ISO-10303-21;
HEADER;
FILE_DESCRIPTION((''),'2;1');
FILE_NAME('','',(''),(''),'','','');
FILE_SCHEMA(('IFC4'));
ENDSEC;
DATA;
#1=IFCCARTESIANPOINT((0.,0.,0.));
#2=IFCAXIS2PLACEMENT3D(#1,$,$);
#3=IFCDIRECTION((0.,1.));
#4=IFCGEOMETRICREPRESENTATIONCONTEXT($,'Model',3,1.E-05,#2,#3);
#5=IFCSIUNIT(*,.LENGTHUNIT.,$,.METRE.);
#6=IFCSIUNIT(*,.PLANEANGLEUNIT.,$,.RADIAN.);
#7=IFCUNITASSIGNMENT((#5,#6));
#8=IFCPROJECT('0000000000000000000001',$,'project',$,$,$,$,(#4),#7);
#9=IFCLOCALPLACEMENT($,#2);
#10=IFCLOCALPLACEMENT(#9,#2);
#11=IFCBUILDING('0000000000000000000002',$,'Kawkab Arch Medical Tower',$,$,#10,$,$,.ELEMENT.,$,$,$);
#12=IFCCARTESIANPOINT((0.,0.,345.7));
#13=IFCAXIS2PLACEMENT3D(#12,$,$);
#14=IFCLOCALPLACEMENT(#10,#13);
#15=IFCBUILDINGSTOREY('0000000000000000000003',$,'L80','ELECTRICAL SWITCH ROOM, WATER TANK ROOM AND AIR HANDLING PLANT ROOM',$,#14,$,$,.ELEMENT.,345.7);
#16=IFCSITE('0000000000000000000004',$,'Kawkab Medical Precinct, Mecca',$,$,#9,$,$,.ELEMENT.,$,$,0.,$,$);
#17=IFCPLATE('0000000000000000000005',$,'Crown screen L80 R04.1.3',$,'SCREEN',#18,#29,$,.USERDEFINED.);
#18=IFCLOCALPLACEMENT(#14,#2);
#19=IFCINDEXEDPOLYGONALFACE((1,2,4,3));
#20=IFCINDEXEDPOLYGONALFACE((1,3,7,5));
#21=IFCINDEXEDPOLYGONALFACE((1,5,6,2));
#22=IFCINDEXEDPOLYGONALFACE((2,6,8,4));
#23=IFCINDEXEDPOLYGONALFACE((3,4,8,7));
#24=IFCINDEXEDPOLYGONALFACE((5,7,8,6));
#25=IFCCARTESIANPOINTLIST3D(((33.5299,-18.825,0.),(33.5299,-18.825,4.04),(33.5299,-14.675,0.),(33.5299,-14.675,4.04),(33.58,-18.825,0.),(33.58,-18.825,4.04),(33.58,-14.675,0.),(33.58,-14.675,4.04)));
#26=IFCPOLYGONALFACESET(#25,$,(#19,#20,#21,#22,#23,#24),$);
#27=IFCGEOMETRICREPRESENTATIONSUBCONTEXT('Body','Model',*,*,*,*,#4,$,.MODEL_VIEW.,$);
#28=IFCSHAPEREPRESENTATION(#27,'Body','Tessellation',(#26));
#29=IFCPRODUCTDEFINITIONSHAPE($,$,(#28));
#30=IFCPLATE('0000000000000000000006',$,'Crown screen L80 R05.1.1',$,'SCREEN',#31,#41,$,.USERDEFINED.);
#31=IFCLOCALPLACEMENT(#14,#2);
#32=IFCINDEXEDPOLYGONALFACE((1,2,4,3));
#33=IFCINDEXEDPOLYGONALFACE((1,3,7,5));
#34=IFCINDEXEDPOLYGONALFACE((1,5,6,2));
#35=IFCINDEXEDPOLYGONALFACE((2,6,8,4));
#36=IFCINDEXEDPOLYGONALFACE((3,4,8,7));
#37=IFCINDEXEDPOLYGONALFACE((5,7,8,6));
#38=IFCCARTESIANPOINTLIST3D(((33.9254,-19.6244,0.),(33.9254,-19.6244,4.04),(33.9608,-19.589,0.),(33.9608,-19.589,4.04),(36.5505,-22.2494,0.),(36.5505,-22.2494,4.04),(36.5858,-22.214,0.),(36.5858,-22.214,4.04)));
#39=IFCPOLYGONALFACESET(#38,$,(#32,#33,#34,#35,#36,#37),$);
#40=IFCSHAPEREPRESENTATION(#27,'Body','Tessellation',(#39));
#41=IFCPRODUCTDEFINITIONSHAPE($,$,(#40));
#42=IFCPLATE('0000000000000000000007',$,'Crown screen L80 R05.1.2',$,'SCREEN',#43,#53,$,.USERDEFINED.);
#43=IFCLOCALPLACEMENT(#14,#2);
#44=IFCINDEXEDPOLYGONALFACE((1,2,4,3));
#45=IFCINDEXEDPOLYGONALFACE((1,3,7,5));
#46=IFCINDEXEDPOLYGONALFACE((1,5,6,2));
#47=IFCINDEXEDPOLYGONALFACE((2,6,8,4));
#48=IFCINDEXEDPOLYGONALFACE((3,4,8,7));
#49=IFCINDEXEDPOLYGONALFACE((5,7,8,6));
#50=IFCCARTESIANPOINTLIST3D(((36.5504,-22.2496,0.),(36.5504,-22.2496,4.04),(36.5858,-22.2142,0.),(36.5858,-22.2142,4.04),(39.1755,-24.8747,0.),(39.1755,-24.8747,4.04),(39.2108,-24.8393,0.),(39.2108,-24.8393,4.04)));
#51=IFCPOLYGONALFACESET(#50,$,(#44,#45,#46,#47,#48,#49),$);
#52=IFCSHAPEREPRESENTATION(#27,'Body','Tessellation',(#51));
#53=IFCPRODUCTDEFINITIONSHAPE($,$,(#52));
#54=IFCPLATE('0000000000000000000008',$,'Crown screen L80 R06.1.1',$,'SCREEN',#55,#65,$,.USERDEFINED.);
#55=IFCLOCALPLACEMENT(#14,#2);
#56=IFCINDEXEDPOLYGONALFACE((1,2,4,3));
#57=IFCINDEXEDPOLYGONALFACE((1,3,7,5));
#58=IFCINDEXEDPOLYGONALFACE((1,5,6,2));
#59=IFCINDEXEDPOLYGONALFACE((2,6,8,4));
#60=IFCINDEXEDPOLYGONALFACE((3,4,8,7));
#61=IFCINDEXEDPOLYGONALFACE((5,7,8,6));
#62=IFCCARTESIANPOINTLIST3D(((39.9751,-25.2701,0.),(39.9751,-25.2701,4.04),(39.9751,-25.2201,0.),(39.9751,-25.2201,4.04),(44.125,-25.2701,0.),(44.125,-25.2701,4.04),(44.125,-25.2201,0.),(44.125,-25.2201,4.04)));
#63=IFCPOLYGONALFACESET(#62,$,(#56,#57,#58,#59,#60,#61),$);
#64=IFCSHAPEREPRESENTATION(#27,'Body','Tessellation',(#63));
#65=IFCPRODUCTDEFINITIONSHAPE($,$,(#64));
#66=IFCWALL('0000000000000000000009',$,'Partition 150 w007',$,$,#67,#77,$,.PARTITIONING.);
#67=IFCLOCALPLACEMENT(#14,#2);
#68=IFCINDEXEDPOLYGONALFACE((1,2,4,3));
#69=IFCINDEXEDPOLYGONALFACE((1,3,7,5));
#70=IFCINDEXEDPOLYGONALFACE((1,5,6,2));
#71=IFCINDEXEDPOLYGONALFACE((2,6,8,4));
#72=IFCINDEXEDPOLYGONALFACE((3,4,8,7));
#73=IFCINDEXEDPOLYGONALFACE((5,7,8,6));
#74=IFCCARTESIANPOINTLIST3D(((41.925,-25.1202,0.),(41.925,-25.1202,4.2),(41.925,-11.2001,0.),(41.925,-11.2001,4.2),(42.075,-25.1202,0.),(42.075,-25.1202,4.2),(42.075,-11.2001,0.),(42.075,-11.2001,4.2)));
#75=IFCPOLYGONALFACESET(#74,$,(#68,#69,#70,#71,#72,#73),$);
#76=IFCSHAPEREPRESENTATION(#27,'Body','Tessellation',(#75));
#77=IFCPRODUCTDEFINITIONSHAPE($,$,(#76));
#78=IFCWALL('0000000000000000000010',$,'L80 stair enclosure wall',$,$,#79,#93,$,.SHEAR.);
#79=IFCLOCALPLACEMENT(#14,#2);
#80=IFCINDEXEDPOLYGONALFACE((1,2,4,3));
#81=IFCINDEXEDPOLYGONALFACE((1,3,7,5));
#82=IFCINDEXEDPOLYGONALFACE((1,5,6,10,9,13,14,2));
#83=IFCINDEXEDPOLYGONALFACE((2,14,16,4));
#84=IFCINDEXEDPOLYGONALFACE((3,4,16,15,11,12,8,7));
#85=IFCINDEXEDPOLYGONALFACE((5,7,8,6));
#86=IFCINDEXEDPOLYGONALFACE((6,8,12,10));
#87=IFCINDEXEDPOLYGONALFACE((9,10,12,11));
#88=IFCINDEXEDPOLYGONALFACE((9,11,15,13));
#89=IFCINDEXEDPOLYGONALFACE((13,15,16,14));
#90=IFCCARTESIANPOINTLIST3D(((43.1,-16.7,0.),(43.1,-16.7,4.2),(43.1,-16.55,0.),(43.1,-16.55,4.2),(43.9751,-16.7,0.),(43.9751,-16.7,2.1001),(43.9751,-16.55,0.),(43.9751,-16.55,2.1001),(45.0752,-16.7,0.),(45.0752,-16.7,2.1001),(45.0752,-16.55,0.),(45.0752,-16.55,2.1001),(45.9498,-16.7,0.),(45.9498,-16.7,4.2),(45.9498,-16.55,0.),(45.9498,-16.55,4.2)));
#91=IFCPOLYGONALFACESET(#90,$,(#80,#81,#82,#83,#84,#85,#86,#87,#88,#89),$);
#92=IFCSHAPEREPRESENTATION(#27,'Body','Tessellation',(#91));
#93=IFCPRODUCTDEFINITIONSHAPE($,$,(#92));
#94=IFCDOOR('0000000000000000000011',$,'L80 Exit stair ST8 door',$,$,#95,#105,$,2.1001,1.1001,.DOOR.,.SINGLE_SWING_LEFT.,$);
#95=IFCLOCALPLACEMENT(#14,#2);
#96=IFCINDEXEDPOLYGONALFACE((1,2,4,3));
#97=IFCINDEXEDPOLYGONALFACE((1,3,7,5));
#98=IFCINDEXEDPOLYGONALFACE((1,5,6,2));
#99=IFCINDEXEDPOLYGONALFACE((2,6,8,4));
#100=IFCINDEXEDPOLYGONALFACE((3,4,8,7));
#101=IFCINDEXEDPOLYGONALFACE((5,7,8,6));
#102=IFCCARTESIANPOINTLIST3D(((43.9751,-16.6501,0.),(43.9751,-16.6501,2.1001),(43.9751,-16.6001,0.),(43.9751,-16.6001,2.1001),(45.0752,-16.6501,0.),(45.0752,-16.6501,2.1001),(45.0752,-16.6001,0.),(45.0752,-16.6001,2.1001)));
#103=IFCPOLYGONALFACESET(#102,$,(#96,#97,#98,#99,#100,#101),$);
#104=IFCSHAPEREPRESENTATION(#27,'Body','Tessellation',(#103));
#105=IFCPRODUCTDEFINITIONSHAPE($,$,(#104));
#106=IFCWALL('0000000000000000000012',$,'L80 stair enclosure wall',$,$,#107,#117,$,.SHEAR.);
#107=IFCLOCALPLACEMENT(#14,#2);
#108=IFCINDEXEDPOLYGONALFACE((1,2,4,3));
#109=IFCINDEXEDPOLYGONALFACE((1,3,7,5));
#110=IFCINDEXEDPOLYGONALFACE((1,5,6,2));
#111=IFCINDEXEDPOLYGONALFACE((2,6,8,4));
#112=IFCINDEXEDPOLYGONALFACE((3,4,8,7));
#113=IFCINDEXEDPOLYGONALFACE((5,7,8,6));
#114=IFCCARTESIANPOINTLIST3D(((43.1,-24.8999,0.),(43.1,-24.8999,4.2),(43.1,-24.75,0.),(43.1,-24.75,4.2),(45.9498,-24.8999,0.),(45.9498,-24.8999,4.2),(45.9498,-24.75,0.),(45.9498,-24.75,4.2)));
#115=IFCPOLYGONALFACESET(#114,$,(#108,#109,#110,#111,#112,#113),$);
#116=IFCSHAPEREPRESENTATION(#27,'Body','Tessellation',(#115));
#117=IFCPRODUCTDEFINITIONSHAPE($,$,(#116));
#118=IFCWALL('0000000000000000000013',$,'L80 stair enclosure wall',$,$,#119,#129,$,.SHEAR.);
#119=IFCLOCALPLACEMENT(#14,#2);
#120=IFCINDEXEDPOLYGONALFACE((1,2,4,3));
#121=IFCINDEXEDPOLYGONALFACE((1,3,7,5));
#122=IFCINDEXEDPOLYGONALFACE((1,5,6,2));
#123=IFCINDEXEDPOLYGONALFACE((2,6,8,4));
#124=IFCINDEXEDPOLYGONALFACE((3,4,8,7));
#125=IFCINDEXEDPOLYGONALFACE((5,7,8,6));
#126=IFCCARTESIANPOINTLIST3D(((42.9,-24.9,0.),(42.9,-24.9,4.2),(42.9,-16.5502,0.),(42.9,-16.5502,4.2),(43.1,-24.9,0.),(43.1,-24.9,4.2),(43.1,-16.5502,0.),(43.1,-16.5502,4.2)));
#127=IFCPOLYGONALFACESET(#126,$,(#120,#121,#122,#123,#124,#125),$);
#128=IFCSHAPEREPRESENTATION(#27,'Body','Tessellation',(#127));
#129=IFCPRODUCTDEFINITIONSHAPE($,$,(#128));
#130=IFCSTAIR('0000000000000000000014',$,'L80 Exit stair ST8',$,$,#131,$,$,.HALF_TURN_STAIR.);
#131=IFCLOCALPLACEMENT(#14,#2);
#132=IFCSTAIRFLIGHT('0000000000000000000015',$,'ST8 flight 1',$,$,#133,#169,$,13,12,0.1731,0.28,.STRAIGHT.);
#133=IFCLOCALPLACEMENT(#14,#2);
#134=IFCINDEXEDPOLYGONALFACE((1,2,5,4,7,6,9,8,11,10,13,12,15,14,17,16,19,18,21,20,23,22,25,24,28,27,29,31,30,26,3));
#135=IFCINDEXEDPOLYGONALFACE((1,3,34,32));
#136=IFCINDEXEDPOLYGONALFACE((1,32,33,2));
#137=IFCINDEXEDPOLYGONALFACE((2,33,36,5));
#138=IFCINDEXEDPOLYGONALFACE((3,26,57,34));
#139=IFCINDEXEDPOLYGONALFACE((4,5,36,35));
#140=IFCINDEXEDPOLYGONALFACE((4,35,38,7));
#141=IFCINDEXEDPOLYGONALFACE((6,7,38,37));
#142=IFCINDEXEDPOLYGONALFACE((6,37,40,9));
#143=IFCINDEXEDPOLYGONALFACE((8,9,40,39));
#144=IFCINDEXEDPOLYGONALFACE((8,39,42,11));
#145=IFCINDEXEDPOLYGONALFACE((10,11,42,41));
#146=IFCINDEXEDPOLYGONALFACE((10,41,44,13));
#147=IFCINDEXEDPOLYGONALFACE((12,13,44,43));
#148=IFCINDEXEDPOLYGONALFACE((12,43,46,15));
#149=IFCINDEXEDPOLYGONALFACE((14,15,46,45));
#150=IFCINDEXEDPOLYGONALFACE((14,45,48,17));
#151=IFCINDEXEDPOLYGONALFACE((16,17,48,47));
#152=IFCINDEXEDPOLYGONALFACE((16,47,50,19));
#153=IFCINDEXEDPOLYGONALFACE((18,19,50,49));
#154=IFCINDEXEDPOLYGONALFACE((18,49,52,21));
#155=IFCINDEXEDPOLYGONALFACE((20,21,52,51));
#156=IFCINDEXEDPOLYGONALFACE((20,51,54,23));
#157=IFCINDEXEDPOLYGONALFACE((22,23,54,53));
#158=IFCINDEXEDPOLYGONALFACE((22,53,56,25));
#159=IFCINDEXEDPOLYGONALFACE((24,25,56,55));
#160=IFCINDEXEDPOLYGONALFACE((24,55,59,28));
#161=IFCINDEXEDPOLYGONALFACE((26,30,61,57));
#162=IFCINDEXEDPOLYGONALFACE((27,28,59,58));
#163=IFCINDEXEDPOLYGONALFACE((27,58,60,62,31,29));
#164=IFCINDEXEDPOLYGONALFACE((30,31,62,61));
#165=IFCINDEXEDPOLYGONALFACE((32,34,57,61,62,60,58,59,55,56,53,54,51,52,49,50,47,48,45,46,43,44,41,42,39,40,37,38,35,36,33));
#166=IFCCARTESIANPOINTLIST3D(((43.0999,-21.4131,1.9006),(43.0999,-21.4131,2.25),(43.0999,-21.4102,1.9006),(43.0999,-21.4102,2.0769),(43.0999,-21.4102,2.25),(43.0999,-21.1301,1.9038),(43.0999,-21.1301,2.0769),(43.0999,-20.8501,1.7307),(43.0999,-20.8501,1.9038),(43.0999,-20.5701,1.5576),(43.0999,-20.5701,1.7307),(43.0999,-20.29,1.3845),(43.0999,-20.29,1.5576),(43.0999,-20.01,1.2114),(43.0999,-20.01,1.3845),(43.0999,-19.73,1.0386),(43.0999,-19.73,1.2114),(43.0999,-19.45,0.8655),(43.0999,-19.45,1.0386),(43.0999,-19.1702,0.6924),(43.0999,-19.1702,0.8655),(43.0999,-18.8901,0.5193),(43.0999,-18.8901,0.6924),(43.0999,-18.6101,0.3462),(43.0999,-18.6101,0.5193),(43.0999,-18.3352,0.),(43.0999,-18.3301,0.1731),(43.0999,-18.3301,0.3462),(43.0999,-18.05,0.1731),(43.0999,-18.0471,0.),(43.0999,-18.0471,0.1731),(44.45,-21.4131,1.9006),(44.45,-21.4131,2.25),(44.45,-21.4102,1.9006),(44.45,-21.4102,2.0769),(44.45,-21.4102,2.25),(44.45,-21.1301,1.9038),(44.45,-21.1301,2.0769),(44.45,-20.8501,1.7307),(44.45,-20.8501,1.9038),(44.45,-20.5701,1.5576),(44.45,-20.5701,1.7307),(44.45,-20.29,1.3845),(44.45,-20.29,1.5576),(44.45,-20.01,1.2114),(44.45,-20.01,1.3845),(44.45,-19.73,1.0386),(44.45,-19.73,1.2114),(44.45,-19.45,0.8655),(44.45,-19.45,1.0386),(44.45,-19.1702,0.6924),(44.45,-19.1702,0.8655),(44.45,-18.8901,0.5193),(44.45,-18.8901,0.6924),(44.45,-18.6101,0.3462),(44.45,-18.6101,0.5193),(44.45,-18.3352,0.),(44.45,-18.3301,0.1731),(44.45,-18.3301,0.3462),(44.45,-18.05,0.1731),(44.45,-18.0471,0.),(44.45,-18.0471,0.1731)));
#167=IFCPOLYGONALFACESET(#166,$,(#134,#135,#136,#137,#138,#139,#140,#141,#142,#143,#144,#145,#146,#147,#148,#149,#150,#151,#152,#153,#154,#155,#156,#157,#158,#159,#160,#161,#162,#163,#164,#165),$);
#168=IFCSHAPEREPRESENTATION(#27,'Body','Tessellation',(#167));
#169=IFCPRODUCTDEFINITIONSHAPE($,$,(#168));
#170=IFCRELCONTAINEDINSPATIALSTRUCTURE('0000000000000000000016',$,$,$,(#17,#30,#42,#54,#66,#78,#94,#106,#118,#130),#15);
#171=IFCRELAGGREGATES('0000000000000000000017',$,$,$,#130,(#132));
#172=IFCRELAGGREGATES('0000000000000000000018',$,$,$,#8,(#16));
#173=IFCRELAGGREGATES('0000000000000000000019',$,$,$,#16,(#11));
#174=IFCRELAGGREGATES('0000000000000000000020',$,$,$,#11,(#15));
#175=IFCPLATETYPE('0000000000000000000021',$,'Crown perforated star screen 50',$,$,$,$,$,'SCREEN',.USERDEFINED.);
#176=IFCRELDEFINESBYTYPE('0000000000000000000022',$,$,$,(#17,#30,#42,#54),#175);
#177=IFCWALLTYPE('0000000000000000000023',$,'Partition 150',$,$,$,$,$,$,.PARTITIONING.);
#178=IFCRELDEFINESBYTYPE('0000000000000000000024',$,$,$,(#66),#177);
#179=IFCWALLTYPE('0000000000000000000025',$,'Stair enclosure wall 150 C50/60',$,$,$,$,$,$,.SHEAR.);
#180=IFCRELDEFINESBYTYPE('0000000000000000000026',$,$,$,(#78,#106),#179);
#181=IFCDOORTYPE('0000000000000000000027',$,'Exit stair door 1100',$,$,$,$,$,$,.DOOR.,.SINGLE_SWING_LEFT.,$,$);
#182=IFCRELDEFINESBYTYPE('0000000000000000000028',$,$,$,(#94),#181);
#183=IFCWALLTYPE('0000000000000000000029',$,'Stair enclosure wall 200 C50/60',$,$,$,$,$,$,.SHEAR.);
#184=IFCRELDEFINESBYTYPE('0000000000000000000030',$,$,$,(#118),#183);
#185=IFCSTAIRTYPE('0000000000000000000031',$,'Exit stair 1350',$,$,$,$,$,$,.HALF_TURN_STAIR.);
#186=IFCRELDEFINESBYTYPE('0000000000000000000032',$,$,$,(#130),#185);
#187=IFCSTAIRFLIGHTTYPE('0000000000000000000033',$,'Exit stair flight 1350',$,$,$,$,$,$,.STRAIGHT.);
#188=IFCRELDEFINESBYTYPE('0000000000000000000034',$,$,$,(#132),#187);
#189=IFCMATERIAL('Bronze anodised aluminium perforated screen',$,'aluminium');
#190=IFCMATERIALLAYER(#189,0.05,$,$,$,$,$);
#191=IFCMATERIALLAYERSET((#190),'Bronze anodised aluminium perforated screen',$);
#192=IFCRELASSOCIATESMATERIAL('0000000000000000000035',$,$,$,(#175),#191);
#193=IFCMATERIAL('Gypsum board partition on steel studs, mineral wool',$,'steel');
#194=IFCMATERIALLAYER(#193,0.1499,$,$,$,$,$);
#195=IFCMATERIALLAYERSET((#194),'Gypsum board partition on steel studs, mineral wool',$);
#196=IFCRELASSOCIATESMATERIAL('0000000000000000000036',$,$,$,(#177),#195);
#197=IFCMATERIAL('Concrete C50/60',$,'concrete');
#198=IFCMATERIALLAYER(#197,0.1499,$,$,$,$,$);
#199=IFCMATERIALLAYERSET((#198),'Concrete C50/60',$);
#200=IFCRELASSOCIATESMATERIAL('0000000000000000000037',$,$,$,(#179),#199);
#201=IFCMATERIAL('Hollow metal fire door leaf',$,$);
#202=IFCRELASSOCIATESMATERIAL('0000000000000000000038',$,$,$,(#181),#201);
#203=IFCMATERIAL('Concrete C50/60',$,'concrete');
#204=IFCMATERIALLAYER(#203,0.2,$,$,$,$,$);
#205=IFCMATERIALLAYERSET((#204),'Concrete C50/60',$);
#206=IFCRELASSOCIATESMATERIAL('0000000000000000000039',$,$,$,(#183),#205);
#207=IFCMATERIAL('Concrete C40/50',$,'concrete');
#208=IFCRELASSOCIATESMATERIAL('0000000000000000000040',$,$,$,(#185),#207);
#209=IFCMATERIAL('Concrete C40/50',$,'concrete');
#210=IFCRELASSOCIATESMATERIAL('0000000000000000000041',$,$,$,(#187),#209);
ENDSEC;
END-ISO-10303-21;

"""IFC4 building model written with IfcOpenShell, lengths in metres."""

from ifc_helpers import new_model, si_unit, direction, frame, frame_2d, origin, origin_2d, place, context, subcontext, project, spatial, polyline, rectangle, outline, extrude, material, layer, layer_set, type_object, element, fill, aggregate, save


model = new_model("IFC4")

# Units and contexts
model_context = context("Model", 3, precision=1e-05, world=origin(), true_north=direction((0.0, 1.0)))
body_context = subcontext(model_context, "Body", "Model", "MODEL_VIEW")
ifc_project = project(units=[si_unit("LENGTHUNIT", "METRE"), si_unit("PLANEANGLEUNIT", "RADIAN")], contexts=[model_context])

# Site, building, storey
site_placement = place(None, origin())
site = spatial("IfcSite", under=ifc_project, at=site_placement, Name="Kawkab Medical Precinct, Mecca", CompositionType="ELEMENT", RefElevation=0.0)
building_placement = place(site_placement, origin())
building = spatial("IfcBuilding", under=site, at=building_placement, Name="Kawkab Arch Medical Tower", CompositionType="ELEMENT")
storey_placement = place(building_placement, frame((0.0, 0.0, 345.7)))
storey = spatial("IfcBuildingStorey", under=building, at=storey_placement, Name="L80", Description="ELECTRICAL SWITCH ROOM, WATER TANK ROOM AND AIR HANDLING PLANT ROOM", CompositionType="ELEMENT", Elevation=345.7)

# Shared definitions
placement = place(storey_placement, origin())

# Plates
ifc_material_1 = material(Name="Bronze anodised aluminium perforated screen", Category="aluminium")
ifc_layer_1 = layer(ifc_material_1, 0.05)
ifc_layer_set_1 = layer_set([ifc_layer_1], Name="Bronze anodised aluminium perforated screen")
plate_type_1 = type_object("IfcPlateType", Name="Crown perforated star screen 50", ElementType="SCREEN", PredefinedType="USERDEFINED", material=ifc_layer_set_1)
for number, where, z_axis, x_axis, name in (
    (1, (33.5549, -16.75, 0.0), (0.0, 0.0, 1.0), (0.0, -1.0, 0.0), "Crown screen L80 R04.1.3"),
):
    element("IfcPlate", number, at=place(storey_placement, frame(where, z_axis=z_axis, x_axis=x_axis)), inside=storey, type_object=plate_type_1, Name=name, ObjectType="SCREEN", PredefinedType="USERDEFINED", context=body_context, shape_type="SweptSolid", body=[
        extrude(rectangle(XDim=4.1499, YDim=0.05, at=origin_2d()), origin(), (0.0, 0.0, 1.0), 4.04),
    ])
for number, where, z_axis, x_axis, name in (
    (2, (35.2556, -20.9192, 0.0), (0.0, 0.0, 1.0), (0.707107, -0.707107, 0.0), "Crown screen L80 R05.1.1"),
    (3, (37.8806, -23.5444, 0.0), (0.0, 0.0, 1.0), (0.707107, -0.707107, 0.0), "Crown screen L80 R05.1.2"),
):
    element("IfcPlate", number, at=place(storey_placement, frame(where, z_axis=z_axis, x_axis=x_axis)), inside=storey, type_object=plate_type_1, Name=name, ObjectType="SCREEN", PredefinedType="USERDEFINED", context=body_context, shape_type="SweptSolid", body=[
        extrude(rectangle(XDim=3.7124, YDim=0.05, at=origin_2d()), origin(), (0.0, 0.0, 1.0), 4.04),
    ])
plate_1_placement = place(storey_placement, frame((42.05, -25.2451, 0.0), z_axis=(0.0, 0.0, 1.0), x_axis=(1.0, 0.0, 0.0)))
element("IfcPlate", 4, at=plate_1_placement, inside=storey, type_object=plate_type_1, Name="Crown screen L80 R06.1.1", ObjectType="SCREEN", PredefinedType="USERDEFINED", context=body_context, shape_type="SweptSolid", body=[
    extrude(rectangle(XDim=4.1499, YDim=0.05, at=origin_2d()), origin(), (0.0, 0.0, 1.0), 4.04),
])

# Wall
ifc_material_2 = material(Name="Gypsum board partition on steel studs, mineral wool", Category="steel")
ifc_layer_2 = layer(ifc_material_2, 0.1499)
ifc_layer_set_2 = layer_set([ifc_layer_2], Name="Gypsum board partition on steel studs, mineral wool")
wall_type_1 = type_object("IfcWallType", Name="Partition 150", PredefinedType="PARTITIONING", material=ifc_layer_set_2)
wall_1_placement = place(storey_placement, frame((42.0, -25.1201, 0.0), z_axis=(0.0, 0.0, 1.0), x_axis=(0.0, 1.0, 0.0)))
element("IfcWall", 5, at=wall_1_placement, inside=storey, type_object=wall_type_1, Name="Partition 150 w007", PredefinedType="PARTITIONING", context=body_context, shape_type="SweptSolid", body=[
    extrude(rectangle(XDim=13.9202, YDim=0.1499, at=frame_2d((6.96, 0.0))), origin(), (0.0, 0.0, 1.0), 4.2),
])

# Wall, opening, door
ifc_material_3 = material(Name="Concrete C50/60", Category="concrete")
ifc_layer_3 = layer(ifc_material_3, 0.1499)
ifc_layer_set_3 = layer_set([ifc_layer_3], Name="Concrete C50/60")
wall_type_2 = type_object("IfcWallType", Name="Stair enclosure wall 150 C50/60", PredefinedType="SHEAR", material=ifc_layer_set_3)
wall_2_placement = place(storey_placement, frame((43.1001, -16.625, 0.0), z_axis=(0.0, 0.0, 1.0), x_axis=(1.0, 0.0, 0.0)))
wall_2 = element("IfcWall", 6, at=wall_2_placement, inside=storey, type_object=wall_type_2, Name="L80 stair enclosure wall", PredefinedType="SHEAR", context=body_context, shape_type="SweptSolid", body=[
    extrude(rectangle(XDim=2.8499, YDim=0.1499, at=frame_2d((1.4248, 0.0))), origin(), (0.0, 0.0, 1.0), 4.2),
])
opening_placement = place(wall_2_placement, frame((0.875, 0.0, 0.0)))
opening = element("IfcOpeningElement", 7, at=opening_placement, cuts=wall_2, PredefinedType="OPENING", context=body_context, shape_type="SweptSolid", body=[
    extrude(rectangle(XDim=1.1001, YDim=2.1001, at=frame_2d((0.55, 1.05))), frame((0.0, 0.085, 0.0), z_axis=(0.0, -1.0, 0.0), x_axis=(1.0, 0.0, 0.0)), (0.0, 0.0, 1.0), 0.1699),
])
ifc_material_4 = material(Name="Hollow metal fire door leaf")
door_type = type_object("IfcDoorType", Name="Exit stair door 1100", OperationType="SINGLE_SWING_LEFT", PredefinedType="DOOR", material=ifc_material_4)
door_placement = place(opening_placement, origin())
door = element("IfcDoor", 8, at=door_placement, inside=storey, type_object=door_type, Name="L80 Exit stair ST8 door", OperationType="SINGLE_SWING_LEFT", OverallHeight=2.1001, OverallWidth=1.1001, PredefinedType="DOOR", context=body_context, shape_type="SweptSolid", body=[
    extrude(rectangle(XDim=1.1001, YDim=2.1001, at=frame_2d((0.55, 1.05))), frame((0.0, 0.0249, 0.0), z_axis=(0.0, -1.0, 0.0), x_axis=(1.0, 0.0, 0.0)), (0.0, 0.0, 1.0), 0.05),
])
fill(opening, door)

# Walls
wall_3_placement = place(storey_placement, frame((43.1001, -24.825, 0.0), z_axis=(0.0, 0.0, 1.0), x_axis=(1.0, 0.0, 0.0)))
element("IfcWall", 9, at=wall_3_placement, inside=storey, type_object=wall_type_2, Name="L80 stair enclosure wall", PredefinedType="SHEAR", context=body_context, shape_type="SweptSolid", body=[
    extrude(rectangle(XDim=2.8499, YDim=0.1499, at=frame_2d((1.4248, 0.0))), origin(), (0.0, 0.0, 1.0), 4.2),
])
ifc_material_5 = material(Name="Concrete C50/60", Category="concrete")
ifc_layer_4 = layer(ifc_material_5, 0.2)
ifc_layer_set_4 = layer_set([ifc_layer_4], Name="Concrete C50/60")
wall_type_3 = type_object("IfcWallType", Name="Stair enclosure wall 200 C50/60", PredefinedType="SHEAR", material=ifc_layer_set_4)
wall_4_placement = place(storey_placement, frame((43.0, -24.8999, 0.0), z_axis=(0.0, 0.0, 1.0), x_axis=(0.0, 1.0, 0.0)))
element("IfcWall", 10, at=wall_4_placement, inside=storey, type_object=wall_type_3, Name="L80 stair enclosure wall", PredefinedType="SHEAR", context=body_context, shape_type="SweptSolid", body=[
    extrude(rectangle(XDim=8.3499, YDim=0.2, at=frame_2d((4.1748, 0.0))), origin(), (0.0, 0.0, 1.0), 4.2),
])

# Stair, stair flight
ifc_material_6 = material(Name="Concrete C40/50", Category="concrete")
stair_type = type_object("IfcStairType", Name="Exit stair 1350", PredefinedType="HALF_TURN_STAIR", material=ifc_material_6)
stair = element("IfcStair", 11, at=placement, inside=storey, type_object=stair_type, Name="L80 Exit stair ST8", PredefinedType="HALF_TURN_STAIR")
ifc_material_7 = material(Name="Concrete C40/50", Category="concrete")
stair_flight_type = type_object("IfcStairFlightType", Name="Exit stair flight 1350", PredefinedType="STRAIGHT", material=ifc_material_7)
stair_flight_placement = place(storey_placement, frame((43.7749, -18.05, 0.0), z_axis=(0.0, 0.0, 1.0), x_axis=(0.0, -1.0, 0.0)))
stair_flight = element("IfcStairFlight", 12, at=stair_flight_placement, type_object=stair_flight_type, Name="ST8 flight 1", NumberOfRisers=13, NumberOfTreads=12, PredefinedType="STRAIGHT", RiserHeight=0.1731, TreadLength=0.28, context=body_context, shape_type="SweptSolid", body=[
    extrude(outline(polyline([(-0.0029, 0.0), (-0.0029, 0.1731), (0.0, 0.1731), (0.28, 0.1731), (0.28, 0.3462), (0.5601, 0.3462), (0.5601, 0.5193), (0.8401, 0.5193), (0.8401, 0.6924), (1.1201, 0.6924), (1.1201, 0.8655), (1.3999, 0.8655), (1.3999, 1.0386), (1.6799, 1.0386), (1.6799, 1.2114), (1.96, 1.2114), (1.96, 1.3845), (2.24, 1.3845), (2.24, 1.5576), (2.52, 1.5576), (2.52, 1.7307), (2.8, 1.7307), (2.8, 1.9038), (3.0801, 1.9038), (3.0801, 2.0769), (3.3601, 2.0769), (3.3601, 2.25), (3.363, 2.25), (3.363, 1.9006), (3.3601, 1.9006), (0.2852, 0.0), (-0.0029, 0.0)])), frame((0.0, 0.675, 0.0), z_axis=(0.0, -1.0, 0.0), x_axis=(1.0, 0.0, 0.0)), (0.0, 0.0, 1.0), 1.3501),
])
aggregate(stair, [stair_flight])

save(model, "model.ifc")
